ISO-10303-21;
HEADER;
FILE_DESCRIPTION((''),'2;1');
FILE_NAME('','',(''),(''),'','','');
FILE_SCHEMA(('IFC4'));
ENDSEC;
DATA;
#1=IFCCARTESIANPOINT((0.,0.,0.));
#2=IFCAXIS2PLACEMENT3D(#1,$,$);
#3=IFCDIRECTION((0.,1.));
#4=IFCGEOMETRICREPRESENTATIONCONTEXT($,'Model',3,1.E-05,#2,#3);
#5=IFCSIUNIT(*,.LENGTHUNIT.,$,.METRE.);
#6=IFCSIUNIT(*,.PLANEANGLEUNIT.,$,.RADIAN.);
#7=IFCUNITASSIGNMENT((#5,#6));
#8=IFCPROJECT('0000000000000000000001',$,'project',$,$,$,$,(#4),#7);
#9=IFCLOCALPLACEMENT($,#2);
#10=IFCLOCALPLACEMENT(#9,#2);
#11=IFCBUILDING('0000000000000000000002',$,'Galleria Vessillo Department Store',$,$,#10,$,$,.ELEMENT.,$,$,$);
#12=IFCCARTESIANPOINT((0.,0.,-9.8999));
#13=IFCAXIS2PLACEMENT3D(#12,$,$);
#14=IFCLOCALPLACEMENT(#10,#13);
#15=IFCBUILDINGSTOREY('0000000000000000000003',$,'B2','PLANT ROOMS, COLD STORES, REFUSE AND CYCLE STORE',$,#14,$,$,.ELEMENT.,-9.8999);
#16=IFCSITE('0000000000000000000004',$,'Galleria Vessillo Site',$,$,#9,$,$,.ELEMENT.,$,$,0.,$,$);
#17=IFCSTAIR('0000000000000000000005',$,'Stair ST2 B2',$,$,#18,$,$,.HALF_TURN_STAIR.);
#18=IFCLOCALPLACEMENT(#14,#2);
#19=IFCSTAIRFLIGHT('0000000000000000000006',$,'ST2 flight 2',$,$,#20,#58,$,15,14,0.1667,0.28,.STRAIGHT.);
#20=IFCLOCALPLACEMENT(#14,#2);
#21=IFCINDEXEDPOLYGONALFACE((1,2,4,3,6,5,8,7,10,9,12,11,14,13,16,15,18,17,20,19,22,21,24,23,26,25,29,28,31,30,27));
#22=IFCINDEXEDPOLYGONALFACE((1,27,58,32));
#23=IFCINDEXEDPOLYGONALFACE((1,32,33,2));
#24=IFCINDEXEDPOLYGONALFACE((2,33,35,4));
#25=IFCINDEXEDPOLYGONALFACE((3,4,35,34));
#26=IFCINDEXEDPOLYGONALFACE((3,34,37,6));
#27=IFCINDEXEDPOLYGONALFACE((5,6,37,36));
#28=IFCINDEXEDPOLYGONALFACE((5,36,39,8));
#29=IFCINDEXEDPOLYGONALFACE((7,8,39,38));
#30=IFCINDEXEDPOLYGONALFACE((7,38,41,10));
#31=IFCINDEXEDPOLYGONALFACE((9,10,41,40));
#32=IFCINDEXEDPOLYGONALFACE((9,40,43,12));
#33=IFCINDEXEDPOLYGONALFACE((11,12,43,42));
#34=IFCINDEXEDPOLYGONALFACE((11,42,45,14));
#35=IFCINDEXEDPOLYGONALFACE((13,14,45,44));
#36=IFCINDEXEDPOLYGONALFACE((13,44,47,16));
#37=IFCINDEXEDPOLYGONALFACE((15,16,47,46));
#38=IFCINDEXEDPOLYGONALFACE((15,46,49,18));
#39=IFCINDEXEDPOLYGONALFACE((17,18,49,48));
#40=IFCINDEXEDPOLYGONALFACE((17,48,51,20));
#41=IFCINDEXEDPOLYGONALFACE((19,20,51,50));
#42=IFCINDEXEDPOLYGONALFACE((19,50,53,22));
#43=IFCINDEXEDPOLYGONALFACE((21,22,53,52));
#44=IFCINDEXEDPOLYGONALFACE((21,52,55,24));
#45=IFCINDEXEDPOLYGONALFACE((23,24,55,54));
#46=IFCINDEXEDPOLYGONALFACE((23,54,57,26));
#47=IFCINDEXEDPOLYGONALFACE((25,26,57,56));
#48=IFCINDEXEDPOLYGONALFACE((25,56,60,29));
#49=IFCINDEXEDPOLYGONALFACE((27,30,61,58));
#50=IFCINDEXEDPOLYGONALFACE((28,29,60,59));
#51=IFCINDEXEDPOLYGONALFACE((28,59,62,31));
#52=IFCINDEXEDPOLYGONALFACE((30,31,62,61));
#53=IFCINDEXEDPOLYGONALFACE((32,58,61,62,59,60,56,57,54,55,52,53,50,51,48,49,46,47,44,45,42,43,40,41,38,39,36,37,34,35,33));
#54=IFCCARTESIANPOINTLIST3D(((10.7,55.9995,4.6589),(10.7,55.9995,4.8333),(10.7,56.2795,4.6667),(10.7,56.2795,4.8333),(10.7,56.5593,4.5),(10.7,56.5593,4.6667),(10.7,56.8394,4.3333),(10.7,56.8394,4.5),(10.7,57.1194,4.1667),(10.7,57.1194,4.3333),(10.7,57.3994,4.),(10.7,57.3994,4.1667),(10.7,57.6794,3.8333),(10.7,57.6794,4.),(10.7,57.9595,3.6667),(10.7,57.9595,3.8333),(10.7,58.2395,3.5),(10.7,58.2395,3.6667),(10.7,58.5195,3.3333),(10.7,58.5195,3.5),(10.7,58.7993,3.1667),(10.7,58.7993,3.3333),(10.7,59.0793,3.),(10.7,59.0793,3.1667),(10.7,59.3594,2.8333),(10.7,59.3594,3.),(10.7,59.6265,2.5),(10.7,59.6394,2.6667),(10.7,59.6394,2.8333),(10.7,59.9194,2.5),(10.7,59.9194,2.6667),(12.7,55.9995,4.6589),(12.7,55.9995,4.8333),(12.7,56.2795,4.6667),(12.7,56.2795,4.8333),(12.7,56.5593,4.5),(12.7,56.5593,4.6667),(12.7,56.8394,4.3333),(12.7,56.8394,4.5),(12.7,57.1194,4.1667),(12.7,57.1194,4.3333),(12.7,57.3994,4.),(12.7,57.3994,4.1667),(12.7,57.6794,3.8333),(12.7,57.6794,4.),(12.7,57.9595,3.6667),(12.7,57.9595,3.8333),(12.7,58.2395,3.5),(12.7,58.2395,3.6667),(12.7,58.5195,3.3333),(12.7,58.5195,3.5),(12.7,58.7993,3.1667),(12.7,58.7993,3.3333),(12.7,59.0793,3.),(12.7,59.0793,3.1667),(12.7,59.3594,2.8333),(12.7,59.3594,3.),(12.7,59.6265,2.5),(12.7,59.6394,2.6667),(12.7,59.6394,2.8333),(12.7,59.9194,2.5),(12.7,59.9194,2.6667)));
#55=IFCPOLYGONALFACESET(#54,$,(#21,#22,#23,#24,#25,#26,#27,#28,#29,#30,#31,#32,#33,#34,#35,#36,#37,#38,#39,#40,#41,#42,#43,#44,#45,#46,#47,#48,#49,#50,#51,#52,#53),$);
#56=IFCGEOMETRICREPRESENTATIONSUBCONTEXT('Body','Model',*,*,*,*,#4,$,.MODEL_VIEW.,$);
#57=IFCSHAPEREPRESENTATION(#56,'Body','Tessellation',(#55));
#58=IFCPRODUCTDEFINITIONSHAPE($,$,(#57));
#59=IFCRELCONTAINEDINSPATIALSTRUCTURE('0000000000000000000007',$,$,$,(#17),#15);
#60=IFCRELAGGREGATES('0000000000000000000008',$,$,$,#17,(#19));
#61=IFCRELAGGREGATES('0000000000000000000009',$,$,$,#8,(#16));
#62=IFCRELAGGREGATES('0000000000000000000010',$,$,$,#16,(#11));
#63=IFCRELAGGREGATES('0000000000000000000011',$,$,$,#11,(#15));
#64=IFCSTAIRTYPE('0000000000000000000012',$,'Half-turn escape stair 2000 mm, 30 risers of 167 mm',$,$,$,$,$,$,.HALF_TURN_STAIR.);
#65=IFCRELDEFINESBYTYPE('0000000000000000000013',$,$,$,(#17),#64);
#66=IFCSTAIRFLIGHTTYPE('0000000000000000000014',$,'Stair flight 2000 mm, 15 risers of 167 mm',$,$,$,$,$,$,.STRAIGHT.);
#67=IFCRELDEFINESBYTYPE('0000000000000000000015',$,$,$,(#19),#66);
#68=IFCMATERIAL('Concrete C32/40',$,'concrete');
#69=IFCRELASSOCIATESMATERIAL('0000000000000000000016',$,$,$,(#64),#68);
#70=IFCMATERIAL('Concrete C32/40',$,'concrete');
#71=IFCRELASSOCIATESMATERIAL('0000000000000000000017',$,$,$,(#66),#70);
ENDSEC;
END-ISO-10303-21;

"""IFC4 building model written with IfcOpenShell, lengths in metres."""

from ifc_helpers import new_model, si_unit, direction, frame, origin, place, context, subcontext, project, spatial, polyline, outline, extrude, material, type_object, element, aggregate, save


model = new_model("IFC4")

# Units and contexts
model_context = context("Model", 3, precision=1e-05, world=origin(), true_north=direction((0.0, 1.0)))
body_context = subcontext(model_context, "Body", "Model", "MODEL_VIEW")
ifc_project = project(units=[si_unit("LENGTHUNIT", "METRE"), si_unit("PLANEANGLEUNIT", "RADIAN")], contexts=[model_context])

# Site, building, storey
site_placement = place(None, origin())
site = spatial("IfcSite", under=ifc_project, at=site_placement, Name="Galleria Vessillo Site", CompositionType="ELEMENT", RefElevation=0.0)
building_placement = place(site_placement, origin())
building = spatial("IfcBuilding", under=site, at=building_placement, Name="Galleria Vessillo Department Store", CompositionType="ELEMENT")
storey_placement = place(building_placement, frame((0.0, 0.0, -9.8999)))
storey = spatial("IfcBuildingStorey", under=building, at=storey_placement, Name="B2", Description="PLANT ROOMS, COLD STORES, REFUSE AND CYCLE STORE", CompositionType="ELEMENT", Elevation=-9.8999)

# Stair, stair flight
ifc_material_1 = material(Name="Concrete C32/40", Category="concrete")
stair_type = type_object("IfcStairType", Name="Half-turn escape stair 2000 mm, 30 risers of 167 mm", PredefinedType="HALF_TURN_STAIR", material=ifc_material_1)
stair_placement = place(storey_placement, origin())
stair = element("IfcStair", 1, at=stair_placement, inside=storey, type_object=stair_type, Name="Stair ST2 B2", PredefinedType="HALF_TURN_STAIR")
ifc_material_2 = material(Name="Concrete C32/40", Category="concrete")
stair_flight_type = type_object("IfcStairFlightType", Name="Stair flight 2000 mm, 15 risers of 167 mm", PredefinedType="STRAIGHT", material=ifc_material_2)
stair_flight_1_placement = place(storey_placement, frame((11.7, 59.9194, 2.5), z_axis=(0.0, 0.0, 1.0), x_axis=(0.0, -1.0, 0.0)))
stair_flight_1 = element("IfcStairFlight", 2, at=stair_flight_1_placement, type_object=stair_flight_type, Name="ST2 flight 2", NumberOfRisers=15, NumberOfTreads=14, PredefinedType="STRAIGHT", RiserHeight=0.1667, TreadLength=0.28, context=body_context, shape_type="SweptSolid", body=[
    extrude(outline(polyline([(0.0, 0.0), (0.0, 0.1667), (0.28, 0.1667), (0.28, 0.3333), (0.5601, 0.3333), (0.5601, 0.5), (0.8401, 0.5), (0.8401, 0.6667), (1.1201, 0.6667), (1.1201, 0.8333), (1.3999, 0.8333), (1.3999, 1.0), (1.6799, 1.0), (1.6799, 1.1667), (1.96, 1.1667), (1.96, 1.3333), (2.24, 1.3333), (2.24, 1.5), (2.52, 1.5), (2.52, 1.6667), (2.8, 1.6667), (2.8, 1.8333), (3.0801, 1.8333), (3.0801, 2.0), (3.3601, 2.0), (3.3601, 2.1667), (3.6399, 2.1667), (3.6399, 2.3333), (3.9199, 2.3333), (3.9199, 2.5), (3.9199, 2.1589), (0.293, 0.0), (0.0, 0.0)])), frame((0.0, 1.0, 0.0), z_axis=(0.0, -1.0, 0.0), x_axis=(1.0, 0.0, 0.0)), (0.0, 0.0, 1.0), 2.0),
])
aggregate(stair, [stair_flight_1])

save(model, "model.ifc")
